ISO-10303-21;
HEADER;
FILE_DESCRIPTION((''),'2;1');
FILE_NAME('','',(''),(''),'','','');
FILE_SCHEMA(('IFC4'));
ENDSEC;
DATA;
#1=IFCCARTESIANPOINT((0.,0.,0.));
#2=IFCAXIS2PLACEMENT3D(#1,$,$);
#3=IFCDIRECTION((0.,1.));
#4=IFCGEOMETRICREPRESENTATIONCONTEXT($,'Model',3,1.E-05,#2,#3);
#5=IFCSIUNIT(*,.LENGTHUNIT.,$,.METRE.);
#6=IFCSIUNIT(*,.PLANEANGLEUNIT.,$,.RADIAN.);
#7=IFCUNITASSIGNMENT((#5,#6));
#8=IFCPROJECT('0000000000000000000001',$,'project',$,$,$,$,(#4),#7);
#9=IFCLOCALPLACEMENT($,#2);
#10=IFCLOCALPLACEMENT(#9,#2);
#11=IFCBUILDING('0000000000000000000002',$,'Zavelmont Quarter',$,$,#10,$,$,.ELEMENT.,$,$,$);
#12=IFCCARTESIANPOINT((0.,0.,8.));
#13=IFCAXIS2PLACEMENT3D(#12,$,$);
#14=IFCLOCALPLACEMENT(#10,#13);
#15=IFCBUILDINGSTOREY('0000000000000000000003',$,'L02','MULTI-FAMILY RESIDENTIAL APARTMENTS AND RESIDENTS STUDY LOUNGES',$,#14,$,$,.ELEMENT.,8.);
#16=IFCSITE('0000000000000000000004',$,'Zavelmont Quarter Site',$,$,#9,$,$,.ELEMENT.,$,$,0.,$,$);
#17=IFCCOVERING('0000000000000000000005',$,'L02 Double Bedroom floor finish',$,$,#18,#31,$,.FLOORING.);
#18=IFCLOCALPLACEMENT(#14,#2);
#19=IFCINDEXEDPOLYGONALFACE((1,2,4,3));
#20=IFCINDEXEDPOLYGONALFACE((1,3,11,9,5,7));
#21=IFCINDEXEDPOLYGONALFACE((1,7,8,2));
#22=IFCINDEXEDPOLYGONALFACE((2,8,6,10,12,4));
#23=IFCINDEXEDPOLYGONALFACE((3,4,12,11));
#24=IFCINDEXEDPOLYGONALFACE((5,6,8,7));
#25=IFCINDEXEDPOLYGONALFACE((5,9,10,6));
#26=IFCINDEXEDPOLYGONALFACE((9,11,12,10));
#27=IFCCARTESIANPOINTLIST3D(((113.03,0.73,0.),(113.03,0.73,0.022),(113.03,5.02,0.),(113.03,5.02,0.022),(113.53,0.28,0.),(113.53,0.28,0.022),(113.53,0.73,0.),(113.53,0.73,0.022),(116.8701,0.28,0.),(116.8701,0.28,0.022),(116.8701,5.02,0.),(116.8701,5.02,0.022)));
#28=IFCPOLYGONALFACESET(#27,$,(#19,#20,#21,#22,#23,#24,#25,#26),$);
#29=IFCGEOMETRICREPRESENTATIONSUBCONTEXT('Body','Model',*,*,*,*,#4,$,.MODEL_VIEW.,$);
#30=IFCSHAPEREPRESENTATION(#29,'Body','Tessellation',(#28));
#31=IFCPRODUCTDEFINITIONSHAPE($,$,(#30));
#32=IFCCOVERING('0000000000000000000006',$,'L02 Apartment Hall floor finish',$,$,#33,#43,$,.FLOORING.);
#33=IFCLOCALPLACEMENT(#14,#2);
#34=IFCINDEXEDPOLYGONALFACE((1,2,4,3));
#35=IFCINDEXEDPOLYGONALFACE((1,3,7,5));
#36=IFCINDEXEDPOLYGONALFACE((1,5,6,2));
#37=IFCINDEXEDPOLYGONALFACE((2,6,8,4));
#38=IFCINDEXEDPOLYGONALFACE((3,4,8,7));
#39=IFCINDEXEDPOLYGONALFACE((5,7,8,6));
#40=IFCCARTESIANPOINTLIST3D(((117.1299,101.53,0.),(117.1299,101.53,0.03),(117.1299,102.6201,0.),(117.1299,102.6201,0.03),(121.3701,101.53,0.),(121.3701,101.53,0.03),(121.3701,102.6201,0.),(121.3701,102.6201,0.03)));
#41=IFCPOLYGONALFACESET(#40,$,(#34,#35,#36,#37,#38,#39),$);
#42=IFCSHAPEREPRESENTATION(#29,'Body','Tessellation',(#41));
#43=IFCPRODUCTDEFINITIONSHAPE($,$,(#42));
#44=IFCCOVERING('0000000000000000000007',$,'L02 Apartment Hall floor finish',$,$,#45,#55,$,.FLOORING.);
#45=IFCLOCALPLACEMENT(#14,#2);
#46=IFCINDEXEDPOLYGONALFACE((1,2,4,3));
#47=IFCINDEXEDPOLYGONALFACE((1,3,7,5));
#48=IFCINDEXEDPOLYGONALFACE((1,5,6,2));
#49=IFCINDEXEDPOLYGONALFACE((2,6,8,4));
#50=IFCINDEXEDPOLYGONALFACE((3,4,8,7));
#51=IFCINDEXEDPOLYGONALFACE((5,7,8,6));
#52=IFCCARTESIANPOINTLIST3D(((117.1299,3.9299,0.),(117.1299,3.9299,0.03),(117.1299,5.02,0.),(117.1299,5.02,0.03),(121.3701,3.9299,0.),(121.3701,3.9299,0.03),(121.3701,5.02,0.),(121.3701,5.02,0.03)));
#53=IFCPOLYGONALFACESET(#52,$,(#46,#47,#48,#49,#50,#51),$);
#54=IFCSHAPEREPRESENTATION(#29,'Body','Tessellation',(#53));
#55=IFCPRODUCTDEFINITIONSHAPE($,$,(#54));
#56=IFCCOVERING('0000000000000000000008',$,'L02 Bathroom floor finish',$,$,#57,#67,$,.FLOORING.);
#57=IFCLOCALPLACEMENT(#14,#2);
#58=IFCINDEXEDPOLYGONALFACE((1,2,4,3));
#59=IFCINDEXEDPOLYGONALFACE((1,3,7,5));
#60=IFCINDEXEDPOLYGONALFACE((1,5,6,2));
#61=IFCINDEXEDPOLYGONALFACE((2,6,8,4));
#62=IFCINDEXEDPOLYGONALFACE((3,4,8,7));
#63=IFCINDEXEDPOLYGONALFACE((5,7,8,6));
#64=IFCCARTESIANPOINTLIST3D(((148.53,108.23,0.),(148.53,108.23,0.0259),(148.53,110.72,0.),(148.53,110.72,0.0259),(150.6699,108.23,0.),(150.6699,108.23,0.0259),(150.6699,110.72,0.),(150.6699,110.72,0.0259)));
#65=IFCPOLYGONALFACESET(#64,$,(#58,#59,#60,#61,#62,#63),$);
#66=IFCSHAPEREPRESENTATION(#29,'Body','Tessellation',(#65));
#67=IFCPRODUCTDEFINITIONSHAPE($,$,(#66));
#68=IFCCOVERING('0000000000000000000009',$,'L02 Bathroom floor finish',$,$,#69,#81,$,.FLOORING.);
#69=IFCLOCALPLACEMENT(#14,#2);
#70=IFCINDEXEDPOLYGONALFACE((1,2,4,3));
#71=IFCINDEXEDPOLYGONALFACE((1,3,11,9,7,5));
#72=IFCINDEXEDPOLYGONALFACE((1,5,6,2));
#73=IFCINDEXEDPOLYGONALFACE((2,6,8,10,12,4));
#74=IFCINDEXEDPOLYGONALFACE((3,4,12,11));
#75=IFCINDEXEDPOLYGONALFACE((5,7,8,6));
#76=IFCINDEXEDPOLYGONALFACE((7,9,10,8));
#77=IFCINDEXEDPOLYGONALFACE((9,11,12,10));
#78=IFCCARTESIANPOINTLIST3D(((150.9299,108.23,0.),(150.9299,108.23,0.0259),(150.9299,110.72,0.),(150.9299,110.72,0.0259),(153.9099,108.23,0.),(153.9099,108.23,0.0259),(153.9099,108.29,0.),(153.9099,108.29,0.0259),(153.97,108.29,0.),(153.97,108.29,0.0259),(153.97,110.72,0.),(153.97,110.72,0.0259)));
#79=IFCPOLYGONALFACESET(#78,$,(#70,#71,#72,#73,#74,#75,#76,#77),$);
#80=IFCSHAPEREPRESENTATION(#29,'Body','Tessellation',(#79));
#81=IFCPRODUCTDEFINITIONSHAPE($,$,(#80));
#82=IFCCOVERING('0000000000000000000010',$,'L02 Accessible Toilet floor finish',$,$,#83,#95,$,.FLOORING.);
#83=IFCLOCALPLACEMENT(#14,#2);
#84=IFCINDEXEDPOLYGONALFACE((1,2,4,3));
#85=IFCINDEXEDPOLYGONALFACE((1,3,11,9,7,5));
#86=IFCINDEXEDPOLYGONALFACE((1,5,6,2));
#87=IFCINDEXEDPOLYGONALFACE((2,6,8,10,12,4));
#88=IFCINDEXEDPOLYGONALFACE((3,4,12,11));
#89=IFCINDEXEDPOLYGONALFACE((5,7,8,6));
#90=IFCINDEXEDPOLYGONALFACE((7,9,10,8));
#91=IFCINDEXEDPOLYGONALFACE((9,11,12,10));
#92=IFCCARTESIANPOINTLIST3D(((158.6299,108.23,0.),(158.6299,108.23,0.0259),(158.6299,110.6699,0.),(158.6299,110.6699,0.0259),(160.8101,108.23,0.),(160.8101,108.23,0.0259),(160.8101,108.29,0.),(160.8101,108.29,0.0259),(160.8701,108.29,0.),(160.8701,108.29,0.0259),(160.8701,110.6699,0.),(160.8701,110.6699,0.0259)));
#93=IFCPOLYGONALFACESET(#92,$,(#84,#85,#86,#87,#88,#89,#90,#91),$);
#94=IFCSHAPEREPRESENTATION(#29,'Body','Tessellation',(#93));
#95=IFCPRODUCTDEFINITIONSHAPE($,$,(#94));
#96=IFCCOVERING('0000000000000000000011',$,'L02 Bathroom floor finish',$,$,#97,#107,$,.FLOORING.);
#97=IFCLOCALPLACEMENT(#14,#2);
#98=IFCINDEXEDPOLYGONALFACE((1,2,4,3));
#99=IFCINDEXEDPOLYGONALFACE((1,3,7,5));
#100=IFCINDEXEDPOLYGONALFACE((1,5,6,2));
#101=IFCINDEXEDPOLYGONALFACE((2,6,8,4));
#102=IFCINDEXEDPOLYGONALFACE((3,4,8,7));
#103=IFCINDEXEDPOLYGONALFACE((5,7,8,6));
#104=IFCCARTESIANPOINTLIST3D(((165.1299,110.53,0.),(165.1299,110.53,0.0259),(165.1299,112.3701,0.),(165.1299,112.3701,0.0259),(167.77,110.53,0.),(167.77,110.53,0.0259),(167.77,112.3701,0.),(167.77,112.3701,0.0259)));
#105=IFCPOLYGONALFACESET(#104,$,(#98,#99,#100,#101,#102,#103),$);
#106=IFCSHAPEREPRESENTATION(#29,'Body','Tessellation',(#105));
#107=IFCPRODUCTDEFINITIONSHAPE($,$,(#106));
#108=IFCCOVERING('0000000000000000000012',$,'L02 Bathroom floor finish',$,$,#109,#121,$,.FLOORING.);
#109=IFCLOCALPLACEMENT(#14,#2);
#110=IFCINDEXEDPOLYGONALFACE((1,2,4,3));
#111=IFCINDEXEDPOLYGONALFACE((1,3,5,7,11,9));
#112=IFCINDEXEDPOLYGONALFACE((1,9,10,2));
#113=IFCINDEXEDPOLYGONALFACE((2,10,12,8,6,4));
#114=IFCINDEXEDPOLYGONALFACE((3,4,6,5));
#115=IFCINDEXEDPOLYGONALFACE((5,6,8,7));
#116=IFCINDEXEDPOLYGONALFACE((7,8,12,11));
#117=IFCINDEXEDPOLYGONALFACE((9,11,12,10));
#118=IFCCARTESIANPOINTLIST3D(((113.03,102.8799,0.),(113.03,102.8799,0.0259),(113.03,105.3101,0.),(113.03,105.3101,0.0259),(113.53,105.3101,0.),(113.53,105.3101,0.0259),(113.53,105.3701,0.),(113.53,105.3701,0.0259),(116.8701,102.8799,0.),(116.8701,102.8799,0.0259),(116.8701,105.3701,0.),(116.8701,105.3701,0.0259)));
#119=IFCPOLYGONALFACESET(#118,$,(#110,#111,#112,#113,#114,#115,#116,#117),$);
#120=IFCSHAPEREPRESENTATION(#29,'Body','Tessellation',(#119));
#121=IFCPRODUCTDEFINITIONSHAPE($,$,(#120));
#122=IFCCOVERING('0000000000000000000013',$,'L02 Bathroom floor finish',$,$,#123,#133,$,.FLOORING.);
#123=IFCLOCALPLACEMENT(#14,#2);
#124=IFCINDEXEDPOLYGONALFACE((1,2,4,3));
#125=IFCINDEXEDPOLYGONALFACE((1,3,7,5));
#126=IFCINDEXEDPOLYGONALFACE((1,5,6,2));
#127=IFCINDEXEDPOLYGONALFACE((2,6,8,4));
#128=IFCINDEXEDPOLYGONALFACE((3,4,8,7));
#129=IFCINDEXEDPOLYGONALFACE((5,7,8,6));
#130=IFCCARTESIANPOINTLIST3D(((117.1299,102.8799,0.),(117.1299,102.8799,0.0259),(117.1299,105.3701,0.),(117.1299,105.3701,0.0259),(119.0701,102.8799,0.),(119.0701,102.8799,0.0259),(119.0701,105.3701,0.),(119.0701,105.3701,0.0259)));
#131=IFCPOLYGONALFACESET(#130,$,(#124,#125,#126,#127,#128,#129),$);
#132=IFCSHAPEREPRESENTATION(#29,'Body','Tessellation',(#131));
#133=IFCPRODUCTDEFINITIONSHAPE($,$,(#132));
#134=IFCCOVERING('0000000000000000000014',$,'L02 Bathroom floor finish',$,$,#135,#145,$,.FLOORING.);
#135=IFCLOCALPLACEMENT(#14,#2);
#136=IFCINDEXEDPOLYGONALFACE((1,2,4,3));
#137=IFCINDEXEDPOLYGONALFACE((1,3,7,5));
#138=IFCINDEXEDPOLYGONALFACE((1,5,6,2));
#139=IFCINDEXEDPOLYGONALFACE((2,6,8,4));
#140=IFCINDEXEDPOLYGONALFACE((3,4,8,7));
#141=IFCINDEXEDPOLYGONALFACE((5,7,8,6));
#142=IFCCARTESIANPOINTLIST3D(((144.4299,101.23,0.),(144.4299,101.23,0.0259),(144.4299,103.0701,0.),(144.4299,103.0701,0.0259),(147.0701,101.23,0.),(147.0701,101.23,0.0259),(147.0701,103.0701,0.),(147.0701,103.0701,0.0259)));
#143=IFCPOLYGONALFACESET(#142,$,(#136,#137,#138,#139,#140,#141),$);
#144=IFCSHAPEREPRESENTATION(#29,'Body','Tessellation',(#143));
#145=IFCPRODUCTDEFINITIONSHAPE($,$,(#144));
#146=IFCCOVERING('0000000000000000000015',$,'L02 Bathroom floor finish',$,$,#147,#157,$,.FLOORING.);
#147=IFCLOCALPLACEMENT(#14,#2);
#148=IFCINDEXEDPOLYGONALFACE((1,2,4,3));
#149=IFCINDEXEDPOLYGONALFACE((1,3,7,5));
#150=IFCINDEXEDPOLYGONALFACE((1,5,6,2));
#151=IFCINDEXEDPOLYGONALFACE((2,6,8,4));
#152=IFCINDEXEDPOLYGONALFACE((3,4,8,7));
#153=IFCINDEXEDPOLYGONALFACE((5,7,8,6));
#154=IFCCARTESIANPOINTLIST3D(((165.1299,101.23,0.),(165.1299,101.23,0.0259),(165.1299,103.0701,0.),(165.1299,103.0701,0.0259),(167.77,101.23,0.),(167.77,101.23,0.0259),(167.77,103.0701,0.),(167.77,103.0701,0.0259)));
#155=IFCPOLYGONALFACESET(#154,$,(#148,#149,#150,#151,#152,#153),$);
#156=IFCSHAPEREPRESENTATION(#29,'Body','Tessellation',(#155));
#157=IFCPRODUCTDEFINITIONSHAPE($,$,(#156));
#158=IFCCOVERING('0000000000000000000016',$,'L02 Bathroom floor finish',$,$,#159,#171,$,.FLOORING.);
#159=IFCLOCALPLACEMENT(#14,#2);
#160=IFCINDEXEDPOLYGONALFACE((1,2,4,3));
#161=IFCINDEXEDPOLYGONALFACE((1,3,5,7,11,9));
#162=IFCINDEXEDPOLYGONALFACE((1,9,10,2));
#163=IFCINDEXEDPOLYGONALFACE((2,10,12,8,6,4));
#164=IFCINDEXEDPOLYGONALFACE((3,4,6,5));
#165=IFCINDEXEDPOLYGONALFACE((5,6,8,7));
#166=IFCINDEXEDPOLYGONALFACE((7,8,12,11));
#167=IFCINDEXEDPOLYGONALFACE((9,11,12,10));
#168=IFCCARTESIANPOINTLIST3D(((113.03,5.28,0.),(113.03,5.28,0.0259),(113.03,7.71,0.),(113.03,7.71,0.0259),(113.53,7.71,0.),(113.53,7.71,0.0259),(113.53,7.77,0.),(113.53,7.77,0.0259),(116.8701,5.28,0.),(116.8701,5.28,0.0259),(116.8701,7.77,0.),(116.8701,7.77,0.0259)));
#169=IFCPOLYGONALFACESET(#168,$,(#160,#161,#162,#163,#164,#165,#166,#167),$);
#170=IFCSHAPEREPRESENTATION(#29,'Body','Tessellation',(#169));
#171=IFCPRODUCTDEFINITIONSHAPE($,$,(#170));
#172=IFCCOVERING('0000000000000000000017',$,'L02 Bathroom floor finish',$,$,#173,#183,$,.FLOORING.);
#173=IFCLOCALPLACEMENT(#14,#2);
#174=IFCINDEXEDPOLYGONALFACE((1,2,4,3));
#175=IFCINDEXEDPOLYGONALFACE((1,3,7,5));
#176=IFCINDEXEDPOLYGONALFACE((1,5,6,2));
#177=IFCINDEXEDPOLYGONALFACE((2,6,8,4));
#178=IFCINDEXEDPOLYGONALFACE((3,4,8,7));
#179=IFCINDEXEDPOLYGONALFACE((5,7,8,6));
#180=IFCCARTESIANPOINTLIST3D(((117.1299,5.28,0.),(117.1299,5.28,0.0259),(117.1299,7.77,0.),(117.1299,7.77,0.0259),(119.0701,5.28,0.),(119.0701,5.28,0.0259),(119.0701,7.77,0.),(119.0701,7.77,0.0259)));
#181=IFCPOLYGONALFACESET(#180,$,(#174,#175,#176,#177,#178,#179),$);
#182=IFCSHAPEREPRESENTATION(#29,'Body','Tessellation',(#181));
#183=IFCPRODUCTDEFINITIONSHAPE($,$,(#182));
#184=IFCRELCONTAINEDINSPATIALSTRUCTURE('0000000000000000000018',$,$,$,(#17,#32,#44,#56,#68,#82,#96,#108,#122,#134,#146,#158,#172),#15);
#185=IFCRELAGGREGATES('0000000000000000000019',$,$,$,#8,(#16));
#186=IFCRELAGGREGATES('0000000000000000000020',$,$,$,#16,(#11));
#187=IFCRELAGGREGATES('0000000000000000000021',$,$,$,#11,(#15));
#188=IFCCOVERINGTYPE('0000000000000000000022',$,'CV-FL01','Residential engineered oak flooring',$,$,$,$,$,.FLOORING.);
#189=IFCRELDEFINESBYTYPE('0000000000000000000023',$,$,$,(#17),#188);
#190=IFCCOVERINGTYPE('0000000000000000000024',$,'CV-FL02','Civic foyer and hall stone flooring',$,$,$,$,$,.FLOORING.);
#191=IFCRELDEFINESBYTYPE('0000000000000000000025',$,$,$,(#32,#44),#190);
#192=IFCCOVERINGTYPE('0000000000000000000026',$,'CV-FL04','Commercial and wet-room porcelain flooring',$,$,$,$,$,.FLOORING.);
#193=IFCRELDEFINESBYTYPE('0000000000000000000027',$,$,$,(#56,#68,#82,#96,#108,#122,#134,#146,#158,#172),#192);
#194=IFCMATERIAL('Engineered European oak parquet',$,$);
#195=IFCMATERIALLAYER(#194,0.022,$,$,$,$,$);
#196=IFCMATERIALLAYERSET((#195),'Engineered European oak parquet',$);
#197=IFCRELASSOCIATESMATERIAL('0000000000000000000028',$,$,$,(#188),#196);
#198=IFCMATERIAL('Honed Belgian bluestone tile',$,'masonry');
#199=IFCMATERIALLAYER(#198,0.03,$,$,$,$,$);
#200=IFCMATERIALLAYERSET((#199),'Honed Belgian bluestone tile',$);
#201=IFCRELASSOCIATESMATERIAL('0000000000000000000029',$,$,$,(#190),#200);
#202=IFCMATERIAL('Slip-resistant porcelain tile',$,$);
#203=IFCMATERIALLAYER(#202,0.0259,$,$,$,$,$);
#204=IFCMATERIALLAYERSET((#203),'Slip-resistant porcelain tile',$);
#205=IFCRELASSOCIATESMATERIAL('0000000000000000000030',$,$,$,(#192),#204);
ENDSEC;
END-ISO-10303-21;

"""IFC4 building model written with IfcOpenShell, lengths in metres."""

from ifc_helpers import new_model, si_unit, direction, frame, origin, place, context, subcontext, project, spatial, polyline, outline, extrude, material, layer, layer_set, type_object, element, save


model = new_model("IFC4")

# Units and contexts
model_context = context("Model", 3, precision=1e-05, world=origin(), true_north=direction((0.0, 1.0)))
body_context = subcontext(model_context, "Body", "Model", "MODEL_VIEW")
ifc_project = project(units=[si_unit("LENGTHUNIT", "METRE"), si_unit("PLANEANGLEUNIT", "RADIAN")], contexts=[model_context])

# Site, building, storey
site_placement = place(None, origin())
site = spatial("IfcSite", under=ifc_project, at=site_placement, Name="Zavelmont Quarter Site", CompositionType="ELEMENT", RefElevation=0.0)
building_placement = place(site_placement, origin())
building = spatial("IfcBuilding", under=site, at=building_placement, Name="Zavelmont Quarter", CompositionType="ELEMENT")
storey_placement = place(building_placement, frame((0.0, 0.0, 8.0)))
storey = spatial("IfcBuildingStorey", under=building, at=storey_placement, Name="L02", Description="MULTI-FAMILY RESIDENTIAL APARTMENTS AND RESIDENTS STUDY LOUNGES", CompositionType="ELEMENT", Elevation=8.0)

# Coverings
ifc_material_1 = material(Name="Engineered European oak parquet")
ifc_layer_1 = layer(ifc_material_1, 0.022)
ifc_layer_set_1 = layer_set([ifc_layer_1], Name="Engineered European oak parquet")
covering_type_1 = type_object("IfcCoveringType", Name="CV-FL01", Description="Residential engineered oak flooring", PredefinedType="FLOORING", material=ifc_layer_set_1)
covering_1_placement = place(storey_placement, origin())
element("IfcCovering", 1, at=covering_1_placement, inside=storey, type_object=covering_type_1, Name="L02 Double Bedroom floor finish", PredefinedType="FLOORING", context=body_context, shape_type="SweptSolid", body=[
    extrude(outline(polyline([(113.03, 5.02), (116.8701, 5.02), (116.8701, 0.28), (113.53, 0.28), (113.53, 0.73), (113.03, 0.73), (113.03, 5.02)])), origin(), (0.0, 0.0, 1.0), 0.022),
])
ifc_material_2 = material(Name="Honed Belgian bluestone tile", Category="masonry")
ifc_layer_2 = layer(ifc_material_2, 0.03)
ifc_layer_set_2 = layer_set([ifc_layer_2], Name="Honed Belgian bluestone tile")
covering_type_2 = type_object("IfcCoveringType", Name="CV-FL02", Description="Civic foyer and hall stone flooring", PredefinedType="FLOORING", material=ifc_layer_set_2)
covering_2_placement = place(storey_placement, origin())
element("IfcCovering", 2, at=covering_2_placement, inside=storey, type_object=covering_type_2, Name="L02 Apartment Hall floor finish", PredefinedType="FLOORING", context=body_context, shape_type="SweptSolid", body=[
    extrude(outline(polyline([(117.1299, 102.6201), (121.3701, 102.6201), (121.3701, 101.53), (117.1299, 101.53), (117.1299, 102.6201)])), origin(), (0.0, 0.0, 1.0), 0.03),
])
covering_3_placement = place(storey_placement, origin())
element("IfcCovering", 3, at=covering_3_placement, inside=storey, type_object=covering_type_2, Name="L02 Apartment Hall floor finish", PredefinedType="FLOORING", context=body_context, shape_type="SweptSolid", body=[
    extrude(outline(polyline([(117.1299, 5.02), (121.3701, 5.02), (121.3701, 3.9299), (117.1299, 3.9299), (117.1299, 5.02)])), origin(), (0.0, 0.0, 1.0), 0.03),
])
ifc_material_3 = material(Name="Slip-resistant porcelain tile")
ifc_layer_3 = layer(ifc_material_3, 0.0259)
ifc_layer_set_3 = layer_set([ifc_layer_3], Name="Slip-resistant porcelain tile")
covering_type_3 = type_object("IfcCoveringType", Name="CV-FL04", Description="Commercial and wet-room porcelain flooring", PredefinedType="FLOORING", material=ifc_layer_set_3)
covering_4_placement = place(storey_placement, origin())
element("IfcCovering", 4, at=covering_4_placement, inside=storey, type_object=covering_type_3, Name="L02 Bathroom floor finish", PredefinedType="FLOORING", context=body_context, shape_type="SweptSolid", body=[
    extrude(outline(polyline([(148.53, 110.72), (150.6699, 110.72), (150.6699, 108.23), (148.53, 108.23), (148.53, 110.72)])), origin(), (0.0, 0.0, 1.0), 0.0259),
])
covering_5_placement = place(storey_placement, origin())
element("IfcCovering", 5, at=covering_5_placement, inside=storey, type_object=covering_type_3, Name="L02 Bathroom floor finish", PredefinedType="FLOORING", context=body_context, shape_type="SweptSolid", body=[
    extrude(outline(polyline([(150.9299, 110.72), (153.97, 110.72), (153.97, 108.29), (153.9099, 108.29), (153.9099, 108.23), (150.9299, 108.23), (150.9299, 110.72)])), origin(), (0.0, 0.0, 1.0), 0.0259),
])
covering_6_placement = place(storey_placement, origin())
element("IfcCovering", 6, at=covering_6_placement, inside=storey, type_object=covering_type_3, Name="L02 Accessible Toilet floor finish", PredefinedType="FLOORING", context=body_context, shape_type="SweptSolid", body=[
    extrude(outline(polyline([(158.6299, 110.6699), (160.8701, 110.6699), (160.8701, 108.29), (160.8101, 108.29), (160.8101, 108.23), (158.6299, 108.23), (158.6299, 110.6699)])), origin(), (0.0, 0.0, 1.0), 0.0259),
])
covering_7_placement = place(storey_placement, origin())
element("IfcCovering", 7, at=covering_7_placement, inside=storey, type_object=covering_type_3, Name="L02 Bathroom floor finish", PredefinedType="FLOORING", context=body_context, shape_type="SweptSolid", body=[
    extrude(outline(polyline([(165.1299, 112.3701), (167.77, 112.3701), (167.77, 110.53), (165.1299, 110.53), (165.1299, 112.3701)])), origin(), (0.0, 0.0, 1.0), 0.0259),
])
covering_8_placement = place(storey_placement, origin())
element("IfcCovering", 8, at=covering_8_placement, inside=storey, type_object=covering_type_3, Name="L02 Bathroom floor finish", PredefinedType="FLOORING", context=body_context, shape_type="SweptSolid", body=[
    extrude(outline(polyline([(113.03, 105.3101), (113.53, 105.3101), (113.53, 105.3701), (116.8701, 105.3701), (116.8701, 102.8799), (113.03, 102.8799), (113.03, 105.3101)])), origin(), (0.0, 0.0, 1.0), 0.0259),
])
covering_9_placement = place(storey_placement, origin())
element("IfcCovering", 9, at=covering_9_placement, inside=storey, type_object=covering_type_3, Name="L02 Bathroom floor finish", PredefinedType="FLOORING", context=body_context, shape_type="SweptSolid", body=[
    extrude(outline(polyline([(117.1299, 105.3701), (119.0701, 105.3701), (119.0701, 102.8799), (117.1299, 102.8799), (117.1299, 105.3701)])), origin(), (0.0, 0.0, 1.0), 0.0259),
])
covering_10_placement = place(storey_placement, origin())
element("IfcCovering", 10, at=covering_10_placement, inside=storey, type_object=covering_type_3, Name="L02 Bathroom floor finish", PredefinedType="FLOORING", context=body_context, shape_type="SweptSolid", body=[
    extrude(outline(polyline([(144.4299, 103.0701), (147.0701, 103.0701), (147.0701, 101.23), (144.4299, 101.23), (144.4299, 103.0701)])), origin(), (0.0, 0.0, 1.0), 0.0259),
])
covering_11_placement = place(storey_placement, origin())
element("IfcCovering", 11, at=covering_11_placement, inside=storey, type_object=covering_type_3, Name="L02 Bathroom floor finish", PredefinedType="FLOORING", context=body_context, shape_type="SweptSolid", body=[
    extrude(outline(polyline([(165.1299, 103.0701), (167.77, 103.0701), (167.77, 101.23), (165.1299, 101.23), (165.1299, 103.0701)])), origin(), (0.0, 0.0, 1.0), 0.0259),
])
covering_12_placement = place(storey_placement, origin())
element("IfcCovering", 12, at=covering_12_placement, inside=storey, type_object=covering_type_3, Name="L02 Bathroom floor finish", PredefinedType="FLOORING", context=body_context, shape_type="SweptSolid", body=[
    extrude(outline(polyline([(113.03, 7.71), (113.53, 7.71), (113.53, 7.77), (116.8701, 7.77), (116.8701, 5.28), (113.03, 5.28), (113.03, 7.71)])), origin(), (0.0, 0.0, 1.0), 0.0259),
])
covering_13_placement = place(storey_placement, origin())
element("IfcCovering", 13, at=covering_13_placement, inside=storey, type_object=covering_type_3, Name="L02 Bathroom floor finish", PredefinedType="FLOORING", context=body_context, shape_type="SweptSolid", body=[
    extrude(outline(polyline([(117.1299, 7.77), (119.0701, 7.77), (119.0701, 5.28), (117.1299, 5.28), (117.1299, 7.77)])), origin(), (0.0, 0.0, 1.0), 0.0259),
])

save(model, "model.ifc")
